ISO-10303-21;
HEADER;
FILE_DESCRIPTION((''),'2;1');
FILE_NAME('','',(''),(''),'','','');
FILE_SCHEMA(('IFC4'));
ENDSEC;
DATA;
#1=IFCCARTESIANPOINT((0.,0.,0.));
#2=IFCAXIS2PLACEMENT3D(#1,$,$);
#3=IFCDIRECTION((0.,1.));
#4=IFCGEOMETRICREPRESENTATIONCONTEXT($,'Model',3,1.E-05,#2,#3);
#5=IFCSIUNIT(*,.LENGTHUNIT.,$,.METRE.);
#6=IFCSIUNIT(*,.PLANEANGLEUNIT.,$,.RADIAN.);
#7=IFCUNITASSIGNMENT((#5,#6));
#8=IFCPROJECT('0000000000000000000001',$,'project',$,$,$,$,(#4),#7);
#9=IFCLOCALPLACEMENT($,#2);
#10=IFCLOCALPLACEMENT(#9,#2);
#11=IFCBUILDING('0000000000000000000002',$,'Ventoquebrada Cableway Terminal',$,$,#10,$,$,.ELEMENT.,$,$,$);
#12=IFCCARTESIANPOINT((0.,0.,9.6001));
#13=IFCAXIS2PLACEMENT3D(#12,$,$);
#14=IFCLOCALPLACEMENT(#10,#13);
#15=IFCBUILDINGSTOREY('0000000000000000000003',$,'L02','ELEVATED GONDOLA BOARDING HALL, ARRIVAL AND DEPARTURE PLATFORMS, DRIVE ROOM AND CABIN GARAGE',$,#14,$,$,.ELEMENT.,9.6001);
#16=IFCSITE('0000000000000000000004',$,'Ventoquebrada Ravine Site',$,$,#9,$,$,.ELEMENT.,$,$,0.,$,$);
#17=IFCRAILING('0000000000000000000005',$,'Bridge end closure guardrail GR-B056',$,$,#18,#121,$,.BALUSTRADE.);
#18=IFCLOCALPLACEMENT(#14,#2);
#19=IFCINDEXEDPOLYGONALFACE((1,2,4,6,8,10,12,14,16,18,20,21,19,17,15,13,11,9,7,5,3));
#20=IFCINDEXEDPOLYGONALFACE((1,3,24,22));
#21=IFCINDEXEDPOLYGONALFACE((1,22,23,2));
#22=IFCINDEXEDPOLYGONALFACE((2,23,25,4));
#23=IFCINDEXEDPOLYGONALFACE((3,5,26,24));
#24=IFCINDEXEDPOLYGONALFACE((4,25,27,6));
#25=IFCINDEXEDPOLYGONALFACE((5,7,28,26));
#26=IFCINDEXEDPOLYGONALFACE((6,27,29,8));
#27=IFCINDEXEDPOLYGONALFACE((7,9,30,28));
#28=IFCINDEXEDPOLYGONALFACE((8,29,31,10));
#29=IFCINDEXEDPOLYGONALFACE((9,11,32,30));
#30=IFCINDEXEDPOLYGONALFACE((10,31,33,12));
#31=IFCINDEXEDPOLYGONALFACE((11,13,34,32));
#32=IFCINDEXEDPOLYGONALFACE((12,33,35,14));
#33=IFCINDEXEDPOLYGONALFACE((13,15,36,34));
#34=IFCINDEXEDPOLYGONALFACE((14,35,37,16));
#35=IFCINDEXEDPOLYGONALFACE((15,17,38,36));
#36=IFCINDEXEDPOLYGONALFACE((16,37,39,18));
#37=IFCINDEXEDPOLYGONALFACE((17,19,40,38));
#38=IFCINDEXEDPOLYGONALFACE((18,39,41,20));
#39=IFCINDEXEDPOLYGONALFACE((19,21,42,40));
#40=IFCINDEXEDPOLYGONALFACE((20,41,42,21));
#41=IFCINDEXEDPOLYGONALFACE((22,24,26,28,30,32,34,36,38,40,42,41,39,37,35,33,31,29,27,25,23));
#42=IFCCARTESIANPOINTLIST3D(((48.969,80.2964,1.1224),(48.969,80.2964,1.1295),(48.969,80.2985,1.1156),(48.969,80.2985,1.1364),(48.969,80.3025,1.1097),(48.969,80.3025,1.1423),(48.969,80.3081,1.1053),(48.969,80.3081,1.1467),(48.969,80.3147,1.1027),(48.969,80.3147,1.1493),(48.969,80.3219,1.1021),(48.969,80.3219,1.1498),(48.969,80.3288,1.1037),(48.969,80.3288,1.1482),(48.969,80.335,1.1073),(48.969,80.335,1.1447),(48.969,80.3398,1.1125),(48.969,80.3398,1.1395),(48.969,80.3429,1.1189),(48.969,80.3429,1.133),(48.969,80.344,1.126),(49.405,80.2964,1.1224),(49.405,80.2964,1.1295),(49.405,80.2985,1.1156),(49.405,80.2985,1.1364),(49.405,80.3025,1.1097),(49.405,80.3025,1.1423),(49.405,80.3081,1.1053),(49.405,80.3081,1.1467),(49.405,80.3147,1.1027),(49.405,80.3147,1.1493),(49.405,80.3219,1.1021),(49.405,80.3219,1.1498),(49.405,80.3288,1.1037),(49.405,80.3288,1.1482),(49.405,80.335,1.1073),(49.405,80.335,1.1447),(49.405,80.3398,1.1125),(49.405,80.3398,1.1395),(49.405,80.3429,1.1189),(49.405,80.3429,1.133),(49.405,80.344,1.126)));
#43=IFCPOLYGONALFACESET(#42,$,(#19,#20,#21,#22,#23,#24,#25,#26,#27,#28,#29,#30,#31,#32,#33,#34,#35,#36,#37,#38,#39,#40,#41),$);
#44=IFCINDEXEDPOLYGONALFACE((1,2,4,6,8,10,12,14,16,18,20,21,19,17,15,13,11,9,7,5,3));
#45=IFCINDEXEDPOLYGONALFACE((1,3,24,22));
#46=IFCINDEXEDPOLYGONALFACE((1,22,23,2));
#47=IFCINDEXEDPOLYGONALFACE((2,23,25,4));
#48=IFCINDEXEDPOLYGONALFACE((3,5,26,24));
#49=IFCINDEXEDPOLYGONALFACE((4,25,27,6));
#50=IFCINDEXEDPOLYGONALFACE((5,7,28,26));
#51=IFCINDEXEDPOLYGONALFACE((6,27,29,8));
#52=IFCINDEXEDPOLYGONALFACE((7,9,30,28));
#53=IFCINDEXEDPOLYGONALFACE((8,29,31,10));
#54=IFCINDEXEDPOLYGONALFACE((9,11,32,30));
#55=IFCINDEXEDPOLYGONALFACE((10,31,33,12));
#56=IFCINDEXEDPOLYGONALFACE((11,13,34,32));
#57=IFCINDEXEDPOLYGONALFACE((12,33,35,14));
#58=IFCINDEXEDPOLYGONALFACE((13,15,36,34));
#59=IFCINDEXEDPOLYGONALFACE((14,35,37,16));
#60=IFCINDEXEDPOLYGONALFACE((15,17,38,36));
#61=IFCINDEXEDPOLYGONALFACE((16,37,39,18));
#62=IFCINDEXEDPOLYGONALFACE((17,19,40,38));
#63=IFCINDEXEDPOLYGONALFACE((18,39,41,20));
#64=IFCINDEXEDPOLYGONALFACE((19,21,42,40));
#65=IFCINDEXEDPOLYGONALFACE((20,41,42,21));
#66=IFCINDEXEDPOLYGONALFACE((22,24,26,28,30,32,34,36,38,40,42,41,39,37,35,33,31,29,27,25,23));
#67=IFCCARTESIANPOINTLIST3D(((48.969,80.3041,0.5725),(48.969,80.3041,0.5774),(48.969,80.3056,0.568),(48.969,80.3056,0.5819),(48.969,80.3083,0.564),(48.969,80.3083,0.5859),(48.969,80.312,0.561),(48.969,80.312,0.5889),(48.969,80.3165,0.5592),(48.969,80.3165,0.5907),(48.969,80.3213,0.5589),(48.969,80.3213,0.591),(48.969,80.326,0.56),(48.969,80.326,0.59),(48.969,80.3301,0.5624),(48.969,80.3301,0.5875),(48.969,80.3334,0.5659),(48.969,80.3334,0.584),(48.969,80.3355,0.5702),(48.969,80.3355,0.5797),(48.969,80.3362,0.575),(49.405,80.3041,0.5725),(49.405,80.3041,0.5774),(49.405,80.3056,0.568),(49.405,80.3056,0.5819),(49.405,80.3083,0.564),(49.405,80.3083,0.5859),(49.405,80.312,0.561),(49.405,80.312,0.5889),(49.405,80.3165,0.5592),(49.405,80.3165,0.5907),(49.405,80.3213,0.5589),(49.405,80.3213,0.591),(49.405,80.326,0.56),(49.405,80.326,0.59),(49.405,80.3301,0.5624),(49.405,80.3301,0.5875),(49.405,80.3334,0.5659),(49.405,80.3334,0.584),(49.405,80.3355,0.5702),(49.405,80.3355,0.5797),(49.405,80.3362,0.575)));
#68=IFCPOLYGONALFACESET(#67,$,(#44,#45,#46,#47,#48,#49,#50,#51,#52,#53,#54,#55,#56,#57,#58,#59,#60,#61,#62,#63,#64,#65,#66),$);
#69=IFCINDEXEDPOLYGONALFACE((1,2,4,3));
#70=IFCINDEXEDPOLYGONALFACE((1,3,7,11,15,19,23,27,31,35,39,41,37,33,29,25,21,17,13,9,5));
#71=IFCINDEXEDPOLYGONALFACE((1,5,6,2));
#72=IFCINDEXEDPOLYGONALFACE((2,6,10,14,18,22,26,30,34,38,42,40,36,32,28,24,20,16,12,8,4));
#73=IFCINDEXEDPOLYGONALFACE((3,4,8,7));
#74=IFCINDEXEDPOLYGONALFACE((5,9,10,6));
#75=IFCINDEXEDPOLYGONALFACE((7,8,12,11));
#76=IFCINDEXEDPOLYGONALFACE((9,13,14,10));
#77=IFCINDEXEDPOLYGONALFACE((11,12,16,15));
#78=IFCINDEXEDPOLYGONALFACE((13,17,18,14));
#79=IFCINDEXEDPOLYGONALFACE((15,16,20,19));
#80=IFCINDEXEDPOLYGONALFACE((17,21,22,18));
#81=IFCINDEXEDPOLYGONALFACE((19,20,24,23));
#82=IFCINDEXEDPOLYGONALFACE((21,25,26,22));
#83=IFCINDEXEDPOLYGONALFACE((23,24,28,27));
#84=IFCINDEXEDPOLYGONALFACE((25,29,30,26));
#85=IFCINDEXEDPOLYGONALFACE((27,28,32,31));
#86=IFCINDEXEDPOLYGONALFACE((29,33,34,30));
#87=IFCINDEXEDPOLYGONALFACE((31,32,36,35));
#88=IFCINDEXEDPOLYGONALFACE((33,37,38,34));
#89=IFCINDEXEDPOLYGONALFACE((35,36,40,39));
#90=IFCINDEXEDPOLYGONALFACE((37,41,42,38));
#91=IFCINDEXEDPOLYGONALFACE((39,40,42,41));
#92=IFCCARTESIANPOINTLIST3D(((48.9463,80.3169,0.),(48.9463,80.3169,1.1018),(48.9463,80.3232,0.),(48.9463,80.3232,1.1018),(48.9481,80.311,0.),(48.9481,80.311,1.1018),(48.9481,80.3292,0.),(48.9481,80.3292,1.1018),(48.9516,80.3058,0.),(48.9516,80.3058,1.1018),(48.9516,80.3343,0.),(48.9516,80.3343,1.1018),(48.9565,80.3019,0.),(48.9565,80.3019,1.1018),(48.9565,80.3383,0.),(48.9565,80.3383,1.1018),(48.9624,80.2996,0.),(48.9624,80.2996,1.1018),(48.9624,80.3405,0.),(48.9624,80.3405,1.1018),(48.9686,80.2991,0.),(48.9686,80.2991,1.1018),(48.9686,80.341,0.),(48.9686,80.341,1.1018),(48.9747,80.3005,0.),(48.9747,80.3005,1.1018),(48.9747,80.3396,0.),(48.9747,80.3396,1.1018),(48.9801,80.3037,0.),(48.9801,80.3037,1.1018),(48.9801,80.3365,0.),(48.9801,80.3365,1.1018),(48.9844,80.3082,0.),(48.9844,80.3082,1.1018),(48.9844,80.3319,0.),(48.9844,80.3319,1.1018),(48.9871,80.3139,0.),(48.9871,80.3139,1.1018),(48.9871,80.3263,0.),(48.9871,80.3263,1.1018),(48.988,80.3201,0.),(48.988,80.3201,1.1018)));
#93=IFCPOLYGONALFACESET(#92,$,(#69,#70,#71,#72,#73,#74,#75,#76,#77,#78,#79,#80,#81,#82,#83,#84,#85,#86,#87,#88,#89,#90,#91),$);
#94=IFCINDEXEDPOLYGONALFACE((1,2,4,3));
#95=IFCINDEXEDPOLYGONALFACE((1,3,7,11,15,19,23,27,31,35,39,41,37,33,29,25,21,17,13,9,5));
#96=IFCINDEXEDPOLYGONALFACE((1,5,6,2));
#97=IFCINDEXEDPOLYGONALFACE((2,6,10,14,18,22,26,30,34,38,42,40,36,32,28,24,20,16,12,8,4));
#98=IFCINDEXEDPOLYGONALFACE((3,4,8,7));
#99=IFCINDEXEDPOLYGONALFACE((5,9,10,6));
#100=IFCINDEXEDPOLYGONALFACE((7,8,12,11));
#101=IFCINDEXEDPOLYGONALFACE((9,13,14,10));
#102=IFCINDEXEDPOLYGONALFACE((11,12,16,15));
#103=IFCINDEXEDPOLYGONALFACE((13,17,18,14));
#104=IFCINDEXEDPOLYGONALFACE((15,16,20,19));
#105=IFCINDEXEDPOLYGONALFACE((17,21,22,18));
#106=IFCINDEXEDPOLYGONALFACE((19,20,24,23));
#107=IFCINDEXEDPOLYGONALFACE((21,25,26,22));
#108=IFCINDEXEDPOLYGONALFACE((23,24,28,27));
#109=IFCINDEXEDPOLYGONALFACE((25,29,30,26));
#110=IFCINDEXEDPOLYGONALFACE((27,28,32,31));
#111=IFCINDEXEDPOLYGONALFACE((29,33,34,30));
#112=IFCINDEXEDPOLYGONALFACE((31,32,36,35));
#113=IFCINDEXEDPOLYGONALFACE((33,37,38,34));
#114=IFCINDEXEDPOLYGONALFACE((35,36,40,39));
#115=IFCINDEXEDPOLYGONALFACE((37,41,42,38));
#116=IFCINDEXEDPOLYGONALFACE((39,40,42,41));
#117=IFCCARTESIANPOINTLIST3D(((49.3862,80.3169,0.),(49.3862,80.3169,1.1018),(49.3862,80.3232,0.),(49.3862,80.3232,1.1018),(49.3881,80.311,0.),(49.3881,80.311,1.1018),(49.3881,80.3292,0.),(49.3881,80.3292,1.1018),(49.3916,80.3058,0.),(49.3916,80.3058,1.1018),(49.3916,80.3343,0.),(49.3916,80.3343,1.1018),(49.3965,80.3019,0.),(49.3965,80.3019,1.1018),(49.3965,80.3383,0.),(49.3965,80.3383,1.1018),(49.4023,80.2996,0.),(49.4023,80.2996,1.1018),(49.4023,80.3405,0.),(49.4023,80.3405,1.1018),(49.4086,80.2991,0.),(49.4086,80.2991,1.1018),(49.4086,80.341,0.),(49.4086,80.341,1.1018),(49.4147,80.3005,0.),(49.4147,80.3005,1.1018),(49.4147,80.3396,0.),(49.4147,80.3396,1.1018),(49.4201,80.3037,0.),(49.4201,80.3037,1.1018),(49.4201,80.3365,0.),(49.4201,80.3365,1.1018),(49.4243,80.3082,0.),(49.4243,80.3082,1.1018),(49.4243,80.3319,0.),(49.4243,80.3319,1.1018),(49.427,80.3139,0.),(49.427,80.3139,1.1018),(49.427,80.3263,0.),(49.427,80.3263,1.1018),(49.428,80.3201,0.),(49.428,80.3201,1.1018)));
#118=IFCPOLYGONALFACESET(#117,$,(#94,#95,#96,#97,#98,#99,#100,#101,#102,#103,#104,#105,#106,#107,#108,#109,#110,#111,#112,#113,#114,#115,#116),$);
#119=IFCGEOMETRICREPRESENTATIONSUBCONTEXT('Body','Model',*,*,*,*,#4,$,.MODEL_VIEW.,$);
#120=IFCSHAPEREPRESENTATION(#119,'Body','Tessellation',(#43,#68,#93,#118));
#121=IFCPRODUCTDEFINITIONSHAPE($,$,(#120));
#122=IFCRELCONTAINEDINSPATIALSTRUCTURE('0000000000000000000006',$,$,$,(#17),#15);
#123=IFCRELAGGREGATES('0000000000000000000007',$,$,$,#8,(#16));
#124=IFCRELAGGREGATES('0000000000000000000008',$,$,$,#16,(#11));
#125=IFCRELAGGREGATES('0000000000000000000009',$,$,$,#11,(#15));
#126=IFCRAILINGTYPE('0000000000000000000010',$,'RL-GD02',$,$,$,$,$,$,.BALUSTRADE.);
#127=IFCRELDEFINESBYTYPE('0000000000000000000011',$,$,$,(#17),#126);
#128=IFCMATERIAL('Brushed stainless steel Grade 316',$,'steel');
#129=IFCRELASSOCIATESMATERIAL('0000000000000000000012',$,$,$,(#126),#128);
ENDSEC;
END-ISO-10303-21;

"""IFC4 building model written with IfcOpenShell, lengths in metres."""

from ifc_helpers import new_model, si_unit, direction, frame, origin, origin_2d, place, context, subcontext, project, spatial, circle, extrude, material, type_object, element, save


model = new_model("IFC4")

# Units and contexts
model_context = context("Model", 3, precision=1e-05, world=origin(), true_north=direction((0.0, 1.0)))
body_context = subcontext(model_context, "Body", "Model", "MODEL_VIEW")
ifc_project = project(units=[si_unit("LENGTHUNIT", "METRE"), si_unit("PLANEANGLEUNIT", "RADIAN")], contexts=[model_context])

# Site, building, storey
site_placement = place(None, origin())
site = spatial("IfcSite", under=ifc_project, at=site_placement, Name="Ventoquebrada Ravine Site", CompositionType="ELEMENT", RefElevation=0.0)
building_placement = place(site_placement, origin())
building = spatial("IfcBuilding", under=site, at=building_placement, Name="Ventoquebrada Cableway Terminal", CompositionType="ELEMENT")
storey_placement = place(building_placement, frame((0.0, 0.0, 9.6001)))
storey = spatial("IfcBuildingStorey", under=building, at=storey_placement, Name="L02", Description="ELEVATED GONDOLA BOARDING HALL, ARRIVAL AND DEPARTURE PLATFORMS, DRIVE ROOM AND CABIN GARAGE", CompositionType="ELEMENT", Elevation=9.6001)

# Railing
ifc_material_1 = material(Name="Brushed stainless steel Grade 316", Category="steel")
railing_type_1 = type_object("IfcRailingType", Name="RL-GD02", PredefinedType="BALUSTRADE", material=ifc_material_1)
for number, where, name in (
    (1, (48.967, 80.3201, 0.0), "Bridge end closure guardrail GR-B056"),
):
    element("IfcRailing", number, at=place(storey_placement, frame(where)), inside=storey, type_object=railing_type_1, Name=name, PredefinedType="BALUSTRADE", context=body_context, shape_type="SweptSolid", body=[
        extrude(circle(Radius=0.0239, at=origin_2d()), frame((0.002, 0.0, 1.126), z_axis=(1.0, 0.0, 0.0), x_axis=(0.0, 1.0, 0.0)), (0.0, 0.0, 1.0), 0.436),
        extrude(circle(Radius=0.0161, at=origin_2d()), frame((0.002, 0.0, 0.575), z_axis=(1.0, 0.0, 0.0), x_axis=(0.0, 1.0, 0.0)), (0.0, 0.0, 1.0), 0.436),
        extrude(circle(Radius=0.021, at=origin_2d()), origin(), (0.0, 0.0, 1.0), 1.1018),
        extrude(circle(Radius=0.021, at=origin_2d()), frame((0.4399, 0.0, 0.0)), (0.0, 0.0, 1.0), 1.1018),
    ])

save(model, "model.ifc")
